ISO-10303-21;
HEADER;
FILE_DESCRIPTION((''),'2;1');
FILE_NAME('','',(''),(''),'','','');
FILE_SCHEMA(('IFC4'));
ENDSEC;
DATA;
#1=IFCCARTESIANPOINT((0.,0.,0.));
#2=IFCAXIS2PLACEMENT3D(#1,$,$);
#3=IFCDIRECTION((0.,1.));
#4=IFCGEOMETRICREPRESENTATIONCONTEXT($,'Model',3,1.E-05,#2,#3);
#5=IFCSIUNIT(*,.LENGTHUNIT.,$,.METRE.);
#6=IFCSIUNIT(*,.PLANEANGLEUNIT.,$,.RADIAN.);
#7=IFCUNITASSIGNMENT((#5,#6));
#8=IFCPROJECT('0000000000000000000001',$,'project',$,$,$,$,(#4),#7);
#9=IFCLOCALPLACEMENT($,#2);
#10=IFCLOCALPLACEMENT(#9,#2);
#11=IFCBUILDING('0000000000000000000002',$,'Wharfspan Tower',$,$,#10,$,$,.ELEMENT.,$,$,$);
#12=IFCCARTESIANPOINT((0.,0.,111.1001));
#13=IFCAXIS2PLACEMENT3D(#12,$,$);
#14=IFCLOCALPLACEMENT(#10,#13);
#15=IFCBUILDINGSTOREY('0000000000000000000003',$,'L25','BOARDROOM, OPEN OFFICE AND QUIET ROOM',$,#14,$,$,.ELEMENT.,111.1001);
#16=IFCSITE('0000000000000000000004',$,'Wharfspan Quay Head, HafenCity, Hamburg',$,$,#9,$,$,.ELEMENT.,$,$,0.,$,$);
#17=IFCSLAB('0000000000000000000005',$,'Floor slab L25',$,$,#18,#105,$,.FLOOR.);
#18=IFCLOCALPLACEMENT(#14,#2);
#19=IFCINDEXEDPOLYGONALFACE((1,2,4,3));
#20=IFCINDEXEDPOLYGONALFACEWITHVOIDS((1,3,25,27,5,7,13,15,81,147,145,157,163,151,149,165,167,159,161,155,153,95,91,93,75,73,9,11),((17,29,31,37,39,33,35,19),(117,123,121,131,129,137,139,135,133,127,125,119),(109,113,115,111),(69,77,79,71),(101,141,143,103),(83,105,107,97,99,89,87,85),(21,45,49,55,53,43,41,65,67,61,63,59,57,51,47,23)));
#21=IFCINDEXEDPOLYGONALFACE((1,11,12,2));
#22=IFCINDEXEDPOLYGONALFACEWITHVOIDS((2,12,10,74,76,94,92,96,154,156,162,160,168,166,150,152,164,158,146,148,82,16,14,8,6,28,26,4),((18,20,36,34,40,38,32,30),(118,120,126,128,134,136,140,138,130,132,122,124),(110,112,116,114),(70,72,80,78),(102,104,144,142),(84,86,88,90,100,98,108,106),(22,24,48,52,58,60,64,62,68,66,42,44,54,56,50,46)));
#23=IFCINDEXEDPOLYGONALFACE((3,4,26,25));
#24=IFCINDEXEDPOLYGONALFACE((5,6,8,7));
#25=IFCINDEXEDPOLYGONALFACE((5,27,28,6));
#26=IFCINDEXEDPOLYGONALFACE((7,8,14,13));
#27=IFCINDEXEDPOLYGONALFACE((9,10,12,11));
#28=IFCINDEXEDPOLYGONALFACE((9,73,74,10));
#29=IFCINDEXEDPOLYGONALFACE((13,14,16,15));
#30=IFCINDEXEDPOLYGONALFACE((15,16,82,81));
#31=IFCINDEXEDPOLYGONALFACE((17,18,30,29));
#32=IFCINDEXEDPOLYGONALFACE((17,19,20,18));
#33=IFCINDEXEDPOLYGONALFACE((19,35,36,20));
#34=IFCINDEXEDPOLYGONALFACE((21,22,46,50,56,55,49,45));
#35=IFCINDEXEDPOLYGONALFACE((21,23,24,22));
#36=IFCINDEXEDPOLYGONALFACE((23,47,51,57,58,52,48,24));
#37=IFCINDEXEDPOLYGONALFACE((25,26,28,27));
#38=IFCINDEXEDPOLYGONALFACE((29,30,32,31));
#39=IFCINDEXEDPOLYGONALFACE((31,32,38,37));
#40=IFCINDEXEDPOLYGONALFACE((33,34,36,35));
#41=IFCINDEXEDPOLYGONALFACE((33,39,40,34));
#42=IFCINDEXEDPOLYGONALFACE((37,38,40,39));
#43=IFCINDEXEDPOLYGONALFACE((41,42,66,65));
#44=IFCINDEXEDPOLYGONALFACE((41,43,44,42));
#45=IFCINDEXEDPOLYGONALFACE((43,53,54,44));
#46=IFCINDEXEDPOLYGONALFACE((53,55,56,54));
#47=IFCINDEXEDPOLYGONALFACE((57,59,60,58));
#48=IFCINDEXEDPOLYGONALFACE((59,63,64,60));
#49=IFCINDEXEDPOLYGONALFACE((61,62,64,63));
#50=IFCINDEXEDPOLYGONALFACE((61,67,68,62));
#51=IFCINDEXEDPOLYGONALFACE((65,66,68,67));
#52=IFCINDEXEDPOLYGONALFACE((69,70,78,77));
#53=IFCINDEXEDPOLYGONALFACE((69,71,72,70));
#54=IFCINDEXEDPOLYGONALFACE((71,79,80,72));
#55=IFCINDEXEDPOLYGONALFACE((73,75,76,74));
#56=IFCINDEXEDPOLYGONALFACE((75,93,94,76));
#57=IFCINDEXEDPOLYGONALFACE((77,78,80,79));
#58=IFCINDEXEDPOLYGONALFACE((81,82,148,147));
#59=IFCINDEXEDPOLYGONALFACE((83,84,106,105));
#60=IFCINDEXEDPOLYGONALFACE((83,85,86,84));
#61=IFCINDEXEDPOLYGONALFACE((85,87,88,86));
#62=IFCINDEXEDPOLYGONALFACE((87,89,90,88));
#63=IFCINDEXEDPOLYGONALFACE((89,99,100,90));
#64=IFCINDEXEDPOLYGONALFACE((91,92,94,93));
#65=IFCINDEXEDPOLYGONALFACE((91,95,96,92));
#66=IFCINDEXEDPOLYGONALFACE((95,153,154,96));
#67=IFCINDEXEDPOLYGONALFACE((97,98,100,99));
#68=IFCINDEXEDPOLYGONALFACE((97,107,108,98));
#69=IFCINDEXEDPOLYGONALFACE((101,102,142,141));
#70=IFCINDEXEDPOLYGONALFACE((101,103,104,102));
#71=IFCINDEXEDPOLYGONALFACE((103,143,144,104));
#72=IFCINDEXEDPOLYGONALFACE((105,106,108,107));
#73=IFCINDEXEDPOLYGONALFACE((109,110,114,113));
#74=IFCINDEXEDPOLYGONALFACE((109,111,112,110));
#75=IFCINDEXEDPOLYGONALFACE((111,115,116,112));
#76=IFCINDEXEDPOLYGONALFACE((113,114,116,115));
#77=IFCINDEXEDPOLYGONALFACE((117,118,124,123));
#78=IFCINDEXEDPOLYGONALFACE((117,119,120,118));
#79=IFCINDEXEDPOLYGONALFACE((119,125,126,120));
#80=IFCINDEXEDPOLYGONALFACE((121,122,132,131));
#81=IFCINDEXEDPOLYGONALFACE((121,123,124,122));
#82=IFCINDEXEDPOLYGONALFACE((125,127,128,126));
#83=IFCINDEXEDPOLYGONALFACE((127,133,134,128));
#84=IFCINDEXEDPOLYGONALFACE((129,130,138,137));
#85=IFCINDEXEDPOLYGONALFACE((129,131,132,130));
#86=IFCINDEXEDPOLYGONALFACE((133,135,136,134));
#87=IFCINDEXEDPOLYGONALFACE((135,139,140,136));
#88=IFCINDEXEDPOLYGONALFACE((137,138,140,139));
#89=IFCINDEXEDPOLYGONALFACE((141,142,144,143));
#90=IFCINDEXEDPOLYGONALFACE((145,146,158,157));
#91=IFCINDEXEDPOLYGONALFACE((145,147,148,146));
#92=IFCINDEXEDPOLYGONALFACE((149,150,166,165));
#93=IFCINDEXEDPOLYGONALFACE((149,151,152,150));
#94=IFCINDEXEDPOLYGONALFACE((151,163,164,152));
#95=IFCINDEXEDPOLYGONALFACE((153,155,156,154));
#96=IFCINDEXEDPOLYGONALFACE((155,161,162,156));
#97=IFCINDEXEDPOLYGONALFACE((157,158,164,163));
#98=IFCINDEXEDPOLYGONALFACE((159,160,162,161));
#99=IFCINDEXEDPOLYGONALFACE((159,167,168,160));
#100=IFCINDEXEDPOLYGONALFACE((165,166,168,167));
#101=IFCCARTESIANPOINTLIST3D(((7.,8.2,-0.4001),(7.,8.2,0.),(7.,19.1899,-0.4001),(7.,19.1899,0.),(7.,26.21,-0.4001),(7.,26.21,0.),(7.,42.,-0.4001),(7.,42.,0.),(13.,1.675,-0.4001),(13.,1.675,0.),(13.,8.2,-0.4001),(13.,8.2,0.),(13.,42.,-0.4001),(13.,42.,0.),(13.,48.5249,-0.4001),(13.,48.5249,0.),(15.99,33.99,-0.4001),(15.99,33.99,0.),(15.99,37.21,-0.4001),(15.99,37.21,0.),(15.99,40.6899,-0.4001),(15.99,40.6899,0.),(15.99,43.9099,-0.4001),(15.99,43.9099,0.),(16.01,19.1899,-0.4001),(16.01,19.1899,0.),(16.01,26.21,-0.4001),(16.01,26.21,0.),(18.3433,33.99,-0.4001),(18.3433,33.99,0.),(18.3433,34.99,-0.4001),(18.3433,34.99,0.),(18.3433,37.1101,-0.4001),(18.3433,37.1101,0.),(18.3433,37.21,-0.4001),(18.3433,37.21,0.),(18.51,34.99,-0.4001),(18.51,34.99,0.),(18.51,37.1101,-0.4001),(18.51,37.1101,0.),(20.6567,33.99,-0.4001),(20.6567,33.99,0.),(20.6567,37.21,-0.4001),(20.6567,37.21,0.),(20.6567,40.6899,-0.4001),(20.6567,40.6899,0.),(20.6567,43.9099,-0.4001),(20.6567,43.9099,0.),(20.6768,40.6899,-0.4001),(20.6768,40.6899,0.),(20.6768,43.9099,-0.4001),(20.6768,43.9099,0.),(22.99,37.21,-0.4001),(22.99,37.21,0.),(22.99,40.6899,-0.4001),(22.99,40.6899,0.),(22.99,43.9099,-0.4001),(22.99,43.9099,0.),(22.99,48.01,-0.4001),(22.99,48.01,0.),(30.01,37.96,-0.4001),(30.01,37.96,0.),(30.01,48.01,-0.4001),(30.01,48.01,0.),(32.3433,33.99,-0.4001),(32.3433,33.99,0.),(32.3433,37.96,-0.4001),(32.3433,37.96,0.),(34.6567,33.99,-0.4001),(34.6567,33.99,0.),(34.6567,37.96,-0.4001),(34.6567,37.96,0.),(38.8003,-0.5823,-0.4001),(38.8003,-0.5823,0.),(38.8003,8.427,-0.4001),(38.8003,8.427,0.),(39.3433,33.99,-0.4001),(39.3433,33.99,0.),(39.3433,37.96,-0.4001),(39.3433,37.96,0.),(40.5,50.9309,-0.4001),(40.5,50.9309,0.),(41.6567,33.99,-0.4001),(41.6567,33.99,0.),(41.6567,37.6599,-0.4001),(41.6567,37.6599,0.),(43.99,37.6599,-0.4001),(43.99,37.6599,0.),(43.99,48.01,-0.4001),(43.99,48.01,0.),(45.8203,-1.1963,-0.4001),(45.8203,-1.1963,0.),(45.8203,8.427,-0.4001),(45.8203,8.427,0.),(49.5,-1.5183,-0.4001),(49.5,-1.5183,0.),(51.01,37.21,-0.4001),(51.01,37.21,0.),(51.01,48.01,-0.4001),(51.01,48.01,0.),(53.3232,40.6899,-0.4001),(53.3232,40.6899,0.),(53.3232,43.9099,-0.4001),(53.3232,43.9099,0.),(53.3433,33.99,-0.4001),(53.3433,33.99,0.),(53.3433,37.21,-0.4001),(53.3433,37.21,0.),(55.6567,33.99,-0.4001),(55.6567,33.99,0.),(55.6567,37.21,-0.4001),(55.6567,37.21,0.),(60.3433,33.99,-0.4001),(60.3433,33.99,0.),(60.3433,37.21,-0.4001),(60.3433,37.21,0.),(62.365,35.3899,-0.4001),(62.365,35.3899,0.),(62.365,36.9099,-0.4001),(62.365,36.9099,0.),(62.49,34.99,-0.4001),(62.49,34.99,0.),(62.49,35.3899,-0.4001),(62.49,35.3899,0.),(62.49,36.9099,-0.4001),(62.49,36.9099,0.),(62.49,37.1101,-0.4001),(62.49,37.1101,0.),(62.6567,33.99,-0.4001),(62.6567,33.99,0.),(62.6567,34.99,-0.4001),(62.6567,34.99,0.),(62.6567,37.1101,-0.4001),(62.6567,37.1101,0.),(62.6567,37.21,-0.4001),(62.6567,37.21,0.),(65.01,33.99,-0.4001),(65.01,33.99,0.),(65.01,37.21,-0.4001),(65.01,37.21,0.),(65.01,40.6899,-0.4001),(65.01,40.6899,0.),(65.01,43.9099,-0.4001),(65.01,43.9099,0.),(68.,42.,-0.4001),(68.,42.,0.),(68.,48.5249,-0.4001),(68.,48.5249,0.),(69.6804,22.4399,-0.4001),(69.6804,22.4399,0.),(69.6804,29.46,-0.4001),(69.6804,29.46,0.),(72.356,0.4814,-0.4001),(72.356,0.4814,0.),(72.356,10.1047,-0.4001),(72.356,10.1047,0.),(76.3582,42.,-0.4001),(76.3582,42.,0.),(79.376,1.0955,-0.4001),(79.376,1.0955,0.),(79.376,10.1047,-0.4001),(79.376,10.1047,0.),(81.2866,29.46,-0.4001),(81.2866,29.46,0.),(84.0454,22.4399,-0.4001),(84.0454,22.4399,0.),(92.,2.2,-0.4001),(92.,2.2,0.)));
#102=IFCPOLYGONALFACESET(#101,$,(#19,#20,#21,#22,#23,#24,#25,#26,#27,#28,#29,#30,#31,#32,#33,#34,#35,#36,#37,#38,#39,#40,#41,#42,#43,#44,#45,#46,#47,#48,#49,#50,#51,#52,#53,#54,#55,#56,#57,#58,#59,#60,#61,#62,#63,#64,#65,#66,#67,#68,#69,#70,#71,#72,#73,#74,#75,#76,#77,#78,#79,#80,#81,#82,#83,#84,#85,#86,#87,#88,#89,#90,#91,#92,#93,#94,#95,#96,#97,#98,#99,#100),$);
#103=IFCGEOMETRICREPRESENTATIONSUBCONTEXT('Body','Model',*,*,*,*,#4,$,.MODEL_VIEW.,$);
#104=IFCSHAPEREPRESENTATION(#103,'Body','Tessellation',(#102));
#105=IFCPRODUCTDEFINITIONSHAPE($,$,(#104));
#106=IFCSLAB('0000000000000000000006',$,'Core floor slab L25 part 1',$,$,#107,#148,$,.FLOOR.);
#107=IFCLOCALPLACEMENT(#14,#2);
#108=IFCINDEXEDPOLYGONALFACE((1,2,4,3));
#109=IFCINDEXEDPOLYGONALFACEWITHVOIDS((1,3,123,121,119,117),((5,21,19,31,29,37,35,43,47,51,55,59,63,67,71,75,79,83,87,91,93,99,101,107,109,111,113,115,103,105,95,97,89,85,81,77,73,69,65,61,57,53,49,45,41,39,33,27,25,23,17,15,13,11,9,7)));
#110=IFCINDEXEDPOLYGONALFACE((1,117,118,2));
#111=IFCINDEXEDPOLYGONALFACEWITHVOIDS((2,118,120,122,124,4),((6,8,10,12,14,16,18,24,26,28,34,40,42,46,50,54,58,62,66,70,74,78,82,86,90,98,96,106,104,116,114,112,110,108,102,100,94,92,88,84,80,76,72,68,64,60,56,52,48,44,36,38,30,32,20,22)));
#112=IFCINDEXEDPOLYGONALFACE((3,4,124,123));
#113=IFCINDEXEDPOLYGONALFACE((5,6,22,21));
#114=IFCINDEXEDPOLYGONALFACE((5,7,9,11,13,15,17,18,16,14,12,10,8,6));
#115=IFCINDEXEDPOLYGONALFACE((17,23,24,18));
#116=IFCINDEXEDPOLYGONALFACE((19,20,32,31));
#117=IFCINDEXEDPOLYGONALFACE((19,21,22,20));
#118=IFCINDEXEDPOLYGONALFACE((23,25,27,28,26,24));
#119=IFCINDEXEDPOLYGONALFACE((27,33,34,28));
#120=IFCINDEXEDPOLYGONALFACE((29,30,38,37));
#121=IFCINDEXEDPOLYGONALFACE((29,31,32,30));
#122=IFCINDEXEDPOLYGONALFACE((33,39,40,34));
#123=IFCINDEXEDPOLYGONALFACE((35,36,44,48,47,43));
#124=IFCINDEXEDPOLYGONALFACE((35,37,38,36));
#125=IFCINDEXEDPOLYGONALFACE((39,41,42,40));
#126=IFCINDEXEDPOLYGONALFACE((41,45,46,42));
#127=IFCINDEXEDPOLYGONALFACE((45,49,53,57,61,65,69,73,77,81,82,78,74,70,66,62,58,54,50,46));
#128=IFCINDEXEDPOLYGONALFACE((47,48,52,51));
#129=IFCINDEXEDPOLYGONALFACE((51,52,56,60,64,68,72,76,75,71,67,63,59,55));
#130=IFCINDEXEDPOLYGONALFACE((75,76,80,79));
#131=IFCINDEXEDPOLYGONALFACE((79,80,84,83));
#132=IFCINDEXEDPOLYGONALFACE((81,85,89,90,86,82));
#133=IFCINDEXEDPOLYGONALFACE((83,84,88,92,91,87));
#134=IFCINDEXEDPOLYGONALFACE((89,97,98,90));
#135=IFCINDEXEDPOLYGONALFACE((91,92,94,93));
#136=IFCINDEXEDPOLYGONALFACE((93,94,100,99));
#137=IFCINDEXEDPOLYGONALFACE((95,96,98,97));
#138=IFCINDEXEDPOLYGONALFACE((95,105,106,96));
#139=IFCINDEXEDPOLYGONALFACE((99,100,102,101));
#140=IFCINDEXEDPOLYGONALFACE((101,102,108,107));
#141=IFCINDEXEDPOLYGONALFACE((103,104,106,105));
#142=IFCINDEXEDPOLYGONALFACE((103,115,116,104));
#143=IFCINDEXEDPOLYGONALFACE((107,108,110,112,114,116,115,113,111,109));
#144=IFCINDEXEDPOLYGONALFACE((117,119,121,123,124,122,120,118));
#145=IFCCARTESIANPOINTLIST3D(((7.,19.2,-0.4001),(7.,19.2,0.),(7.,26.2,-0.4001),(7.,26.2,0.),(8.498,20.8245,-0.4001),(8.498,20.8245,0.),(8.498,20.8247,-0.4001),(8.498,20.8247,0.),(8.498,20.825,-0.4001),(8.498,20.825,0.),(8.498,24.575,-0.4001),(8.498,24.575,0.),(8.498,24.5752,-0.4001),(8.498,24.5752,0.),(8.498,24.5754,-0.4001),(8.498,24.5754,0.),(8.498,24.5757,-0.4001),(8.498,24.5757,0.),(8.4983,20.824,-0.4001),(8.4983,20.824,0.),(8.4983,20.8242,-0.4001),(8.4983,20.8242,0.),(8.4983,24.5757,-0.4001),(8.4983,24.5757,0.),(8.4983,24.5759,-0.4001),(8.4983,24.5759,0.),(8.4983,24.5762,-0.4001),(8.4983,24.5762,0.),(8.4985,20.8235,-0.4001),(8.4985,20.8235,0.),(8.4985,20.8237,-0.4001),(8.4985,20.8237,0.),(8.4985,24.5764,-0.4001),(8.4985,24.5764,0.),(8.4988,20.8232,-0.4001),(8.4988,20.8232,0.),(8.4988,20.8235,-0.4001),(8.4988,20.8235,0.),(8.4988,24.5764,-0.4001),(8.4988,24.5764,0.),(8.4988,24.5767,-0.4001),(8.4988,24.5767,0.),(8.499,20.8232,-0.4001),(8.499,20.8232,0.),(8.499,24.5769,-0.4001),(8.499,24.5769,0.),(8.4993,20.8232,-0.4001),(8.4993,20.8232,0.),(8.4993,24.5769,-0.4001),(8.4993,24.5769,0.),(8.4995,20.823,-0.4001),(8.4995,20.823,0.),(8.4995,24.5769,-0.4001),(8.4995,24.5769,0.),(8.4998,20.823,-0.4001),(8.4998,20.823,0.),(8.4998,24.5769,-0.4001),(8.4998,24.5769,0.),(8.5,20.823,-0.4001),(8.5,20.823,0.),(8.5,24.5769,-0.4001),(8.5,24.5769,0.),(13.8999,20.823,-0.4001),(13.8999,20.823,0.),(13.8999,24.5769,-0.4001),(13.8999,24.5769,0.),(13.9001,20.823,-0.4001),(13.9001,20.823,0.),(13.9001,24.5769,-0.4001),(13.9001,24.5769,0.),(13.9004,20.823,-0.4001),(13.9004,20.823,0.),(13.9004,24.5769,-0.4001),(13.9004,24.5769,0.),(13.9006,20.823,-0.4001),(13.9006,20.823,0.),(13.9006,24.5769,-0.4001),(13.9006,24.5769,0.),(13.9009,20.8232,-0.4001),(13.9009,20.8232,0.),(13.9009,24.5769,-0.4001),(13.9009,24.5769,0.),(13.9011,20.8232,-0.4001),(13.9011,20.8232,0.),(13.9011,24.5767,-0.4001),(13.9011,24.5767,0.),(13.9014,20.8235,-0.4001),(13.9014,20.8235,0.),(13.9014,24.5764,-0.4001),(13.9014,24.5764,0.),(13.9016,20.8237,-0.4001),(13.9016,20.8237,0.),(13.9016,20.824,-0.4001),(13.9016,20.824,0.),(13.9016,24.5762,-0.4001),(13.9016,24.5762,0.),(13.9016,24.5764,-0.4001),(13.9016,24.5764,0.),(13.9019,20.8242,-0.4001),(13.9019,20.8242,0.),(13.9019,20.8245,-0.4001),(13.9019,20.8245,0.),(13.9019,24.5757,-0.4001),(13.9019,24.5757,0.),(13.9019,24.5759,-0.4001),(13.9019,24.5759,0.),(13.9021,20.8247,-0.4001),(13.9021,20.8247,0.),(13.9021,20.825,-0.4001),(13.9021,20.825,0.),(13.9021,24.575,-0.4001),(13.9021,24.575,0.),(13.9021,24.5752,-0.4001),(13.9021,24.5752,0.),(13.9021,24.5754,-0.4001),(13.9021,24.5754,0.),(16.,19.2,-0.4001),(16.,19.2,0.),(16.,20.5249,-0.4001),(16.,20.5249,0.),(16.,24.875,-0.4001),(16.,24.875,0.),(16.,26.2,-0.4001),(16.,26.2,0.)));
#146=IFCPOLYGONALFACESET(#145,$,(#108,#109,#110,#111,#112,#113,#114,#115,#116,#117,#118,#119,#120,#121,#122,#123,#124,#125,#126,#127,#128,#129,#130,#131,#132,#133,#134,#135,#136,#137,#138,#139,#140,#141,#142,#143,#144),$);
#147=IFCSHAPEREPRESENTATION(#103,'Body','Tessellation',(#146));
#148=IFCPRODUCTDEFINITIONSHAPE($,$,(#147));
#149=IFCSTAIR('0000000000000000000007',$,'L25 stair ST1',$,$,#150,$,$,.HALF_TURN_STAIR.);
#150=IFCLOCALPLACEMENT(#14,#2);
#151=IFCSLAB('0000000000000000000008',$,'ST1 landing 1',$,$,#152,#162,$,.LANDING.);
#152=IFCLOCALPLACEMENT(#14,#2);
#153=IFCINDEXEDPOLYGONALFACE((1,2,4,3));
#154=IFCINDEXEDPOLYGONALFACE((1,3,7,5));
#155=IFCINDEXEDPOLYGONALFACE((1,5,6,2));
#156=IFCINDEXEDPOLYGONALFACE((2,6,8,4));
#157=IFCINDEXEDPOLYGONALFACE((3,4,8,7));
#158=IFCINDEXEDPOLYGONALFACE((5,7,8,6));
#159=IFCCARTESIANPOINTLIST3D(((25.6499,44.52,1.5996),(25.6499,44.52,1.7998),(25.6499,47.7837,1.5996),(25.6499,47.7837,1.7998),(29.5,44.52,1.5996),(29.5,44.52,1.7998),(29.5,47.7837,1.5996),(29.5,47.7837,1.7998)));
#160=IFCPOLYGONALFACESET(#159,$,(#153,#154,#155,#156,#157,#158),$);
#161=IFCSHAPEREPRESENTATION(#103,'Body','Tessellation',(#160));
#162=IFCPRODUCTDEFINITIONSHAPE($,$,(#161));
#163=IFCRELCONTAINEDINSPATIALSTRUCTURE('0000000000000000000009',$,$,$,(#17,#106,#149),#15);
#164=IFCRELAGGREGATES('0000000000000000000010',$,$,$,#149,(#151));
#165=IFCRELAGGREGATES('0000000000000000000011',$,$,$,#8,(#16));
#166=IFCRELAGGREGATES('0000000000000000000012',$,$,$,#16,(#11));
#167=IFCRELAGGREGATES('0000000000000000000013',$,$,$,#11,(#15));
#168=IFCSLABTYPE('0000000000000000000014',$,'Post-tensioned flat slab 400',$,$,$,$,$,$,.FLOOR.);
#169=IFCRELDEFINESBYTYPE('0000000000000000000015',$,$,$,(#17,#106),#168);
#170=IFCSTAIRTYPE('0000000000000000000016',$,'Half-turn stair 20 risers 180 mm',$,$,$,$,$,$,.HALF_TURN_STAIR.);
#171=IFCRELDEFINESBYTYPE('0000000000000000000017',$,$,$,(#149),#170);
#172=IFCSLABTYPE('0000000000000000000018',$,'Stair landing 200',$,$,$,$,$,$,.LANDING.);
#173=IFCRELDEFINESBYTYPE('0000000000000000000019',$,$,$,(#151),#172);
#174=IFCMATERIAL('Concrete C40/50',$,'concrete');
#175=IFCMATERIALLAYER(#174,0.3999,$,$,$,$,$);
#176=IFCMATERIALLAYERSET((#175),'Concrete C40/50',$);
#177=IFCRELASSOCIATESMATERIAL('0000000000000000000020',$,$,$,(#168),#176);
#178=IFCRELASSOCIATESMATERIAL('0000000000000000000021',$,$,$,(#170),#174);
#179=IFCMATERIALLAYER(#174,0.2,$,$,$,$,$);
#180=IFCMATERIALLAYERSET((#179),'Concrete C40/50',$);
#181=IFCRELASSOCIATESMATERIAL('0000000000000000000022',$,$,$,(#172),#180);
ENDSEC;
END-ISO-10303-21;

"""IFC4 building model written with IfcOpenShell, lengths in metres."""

from ifc_helpers import new_model, si_unit, direction, frame, origin, place, context, subcontext, project, spatial, polyline, outline, extrude, material, layer, layer_set, type_object, element, aggregate, save


model = new_model("IFC4")

# Units and contexts
model_context = context("Model", 3, precision=1e-05, world=origin(), true_north=direction((0.0, 1.0)))
body_context = subcontext(model_context, "Body", "Model", "MODEL_VIEW")
ifc_project = project(units=[si_unit("LENGTHUNIT", "METRE"), si_unit("PLANEANGLEUNIT", "RADIAN")], contexts=[model_context])

# Site, building, storey
site_placement = place(None, origin())
site = spatial("IfcSite", under=ifc_project, at=site_placement, Name="Wharfspan Quay Head, HafenCity, Hamburg", CompositionType="ELEMENT", RefElevation=0.0)
building_placement = place(site_placement, origin())
building = spatial("IfcBuilding", under=site, at=building_placement, Name="Wharfspan Tower", CompositionType="ELEMENT")
storey_placement = place(building_placement, frame((0.0, 0.0, 111.1001)))
storey = spatial("IfcBuildingStorey", under=building, at=storey_placement, Name="L25", Description="BOARDROOM, OPEN OFFICE AND QUIET ROOM", CompositionType="ELEMENT", Elevation=111.1001)

# Slabs
ifc_material_1 = material(Name="Concrete C40/50", Category="concrete")
ifc_layer_1 = layer(ifc_material_1, 0.3999)
ifc_layer_set_1 = layer_set([ifc_layer_1], Name="Concrete C40/50")
slab_type_1 = type_object("IfcSlabType", Name="Post-tensioned flat slab 400", PredefinedType="FLOOR", material=ifc_layer_set_1)
slab_1_placement = place(storey_placement, frame((0.0, 0.0, -0.4001)))
element("IfcSlab", 1, at=slab_1_placement, inside=storey, type_object=slab_type_1, Name="Floor slab L25", PredefinedType="FLOOR", context=body_context, shape_type="SweptSolid", body=[
    extrude(outline(polyline([(38.8003, -0.5823), (38.8003, 8.427), (45.8203, 8.427), (45.8203, -1.1963), (49.5, -1.5183), (72.356, 0.4814), (72.356, 10.1047), (79.376, 10.1047), (79.376, 1.0955), (92.0, 2.2), (84.0454, 22.4399), (69.6804, 22.4399), (69.6804, 29.46), (81.2866, 29.46), (76.3582, 42.0), (68.0, 42.0), (68.0, 48.5249), (40.5, 50.9309), (13.0, 48.5249), (13.0, 42.0), (7.0, 42.0), (7.0, 26.21), (16.01, 26.21), (16.01, 19.1899), (7.0, 19.1899), (7.0, 8.2), (13.0, 8.2), (13.0, 1.675), (38.8003, -0.5823)]), holes=[polyline([(62.49, 35.3899), (62.365, 35.3899), (62.365, 36.9099), (62.49, 36.9099), (62.49, 37.1101), (62.6567, 37.1101), (62.6567, 37.21), (65.01, 37.21), (65.01, 33.99), (62.6567, 33.99), (62.6567, 34.99), (62.49, 34.99), (62.49, 35.3899)]), polyline([(65.01, 43.9099), (65.01, 40.6899), (53.3232, 40.6899), (53.3232, 43.9099), (65.01, 43.9099)]), polyline([(55.6567, 33.99), (55.6567, 37.21), (60.3433, 37.21), (60.3433, 33.99), (55.6567, 33.99)]), polyline([(43.99, 37.6599), (43.99, 48.01), (51.01, 48.01), (51.01, 37.21), (53.3433, 37.21), (53.3433, 33.99), (41.6567, 33.99), (41.6567, 37.6599), (43.99, 37.6599)]), polyline([(34.6567, 33.99), (34.6567, 37.96), (39.3433, 37.96), (39.3433, 33.99), (34.6567, 33.99)]), polyline([(20.6567, 37.21), (22.99, 37.21), (22.99, 40.6899), (20.6768, 40.6899), (20.6567, 40.6899), (15.99, 40.6899), (15.99, 43.9099), (20.6567, 43.9099), (20.6768, 43.9099), (22.99, 43.9099), (22.99, 48.01), (30.01, 48.01), (30.01, 37.96), (32.3433, 37.96), (32.3433, 33.99), (20.6567, 33.99), (20.6567, 37.21)]), polyline([(18.51, 34.99), (18.3433, 34.99), (18.3433, 33.99), (15.99, 33.99), (15.99, 37.21), (18.3433, 37.21), (18.3433, 37.1101), (18.51, 37.1101), (18.51, 34.99)])]), origin(), (0.0, 0.0, 1.0), 0.4001),
])
slab_2_placement = place(storey_placement, frame((0.0, 0.0, -0.4001)))
element("IfcSlab", 2, at=slab_2_placement, inside=storey, type_object=slab_type_1, Name="Core floor slab L25 part 1", PredefinedType="FLOOR", context=body_context, shape_type="SweptSolid", body=[
    extrude(outline(polyline([(16.0, 20.5249), (16.0, 24.875), (16.0, 26.2), (7.0, 26.2), (7.0, 19.2), (16.0, 19.2), (16.0, 20.5249)]), holes=[polyline([(13.9021, 20.825), (13.9021, 20.8247), (13.9021, 20.8247), (13.9019, 20.8245), (13.9019, 20.8242), (13.9019, 20.8242), (13.9016, 20.824), (13.9016, 20.8237), (13.9014, 20.8235), (13.9014, 20.8235), (13.9011, 20.8232), (13.9009, 20.8232), (13.9009, 20.8232), (13.9006, 20.823), (13.9004, 20.823), (13.9001, 20.823), (13.8999, 20.823), (8.5, 20.823), (8.4998, 20.823), (8.4995, 20.823), (8.4995, 20.823), (8.4993, 20.8232), (8.499, 20.8232), (8.4988, 20.8232), (8.4988, 20.8235), (8.4985, 20.8235), (8.4985, 20.8237), (8.4983, 20.824), (8.4983, 20.8242), (8.4983, 20.8242), (8.498, 20.8245), (8.498, 20.8247), (8.498, 20.8247), (8.498, 20.825), (8.498, 24.575), (8.498, 24.5752), (8.498, 24.5754), (8.498, 24.5757), (8.4983, 24.5757), (8.4983, 24.5759), (8.4983, 24.5762), (8.4985, 24.5764), (8.4985, 24.5764), (8.4988, 24.5764), (8.4988, 24.5767), (8.499, 24.5769), (8.4993, 24.5769), (8.4995, 24.5769), (8.4995, 24.5769), (8.4998, 24.5769), (8.5, 24.5769), (13.8999, 24.5769), (13.9001, 24.5769), (13.9004, 24.5769), (13.9006, 24.5769), (13.9009, 24.5769), (13.9009, 24.5769), (13.9011, 24.5767), (13.9014, 24.5764), (13.9014, 24.5764), (13.9016, 24.5764), (13.9016, 24.5762), (13.9019, 24.5759), (13.9019, 24.5757), (13.9019, 24.5757), (13.9021, 24.5754), (13.9021, 24.5752), (13.9021, 24.575), (13.9021, 20.825)])]), origin(), (0.0, 0.0, 1.0), 0.4001),
])

# Stair, slab
stair_type = type_object("IfcStairType", Name="Half-turn stair 20 risers 180 mm", PredefinedType="HALF_TURN_STAIR", material=ifc_material_1)
stair_1_placement = place(storey_placement, origin())
stair_1 = element("IfcStair", 3, at=stair_1_placement, inside=storey, type_object=stair_type, Name="L25 stair ST1", PredefinedType="HALF_TURN_STAIR")
ifc_layer_2 = layer(ifc_material_1, 0.2)
ifc_layer_set_2 = layer_set([ifc_layer_2], Name="Concrete C40/50")
slab_type_2 = type_object("IfcSlabType", Name="Stair landing 200", PredefinedType="LANDING", material=ifc_layer_set_2)
slab_3_placement = place(storey_placement, frame((0.0, 0.0, 1.5996)))
slab_3 = element("IfcSlab", 4, at=slab_3_placement, type_object=slab_type_2, Name="ST1 landing 1", PredefinedType="LANDING", context=body_context, shape_type="SweptSolid", body=[
    extrude(outline(polyline([(25.6499, 44.52), (29.5, 44.52), (29.5, 47.7837), (25.6499, 47.7837), (25.6499, 44.52)])), origin(), (0.0, 0.0, 1.0), 0.2002),
])
aggregate(stair_1, [slab_3])

save(model, "model.ifc")
